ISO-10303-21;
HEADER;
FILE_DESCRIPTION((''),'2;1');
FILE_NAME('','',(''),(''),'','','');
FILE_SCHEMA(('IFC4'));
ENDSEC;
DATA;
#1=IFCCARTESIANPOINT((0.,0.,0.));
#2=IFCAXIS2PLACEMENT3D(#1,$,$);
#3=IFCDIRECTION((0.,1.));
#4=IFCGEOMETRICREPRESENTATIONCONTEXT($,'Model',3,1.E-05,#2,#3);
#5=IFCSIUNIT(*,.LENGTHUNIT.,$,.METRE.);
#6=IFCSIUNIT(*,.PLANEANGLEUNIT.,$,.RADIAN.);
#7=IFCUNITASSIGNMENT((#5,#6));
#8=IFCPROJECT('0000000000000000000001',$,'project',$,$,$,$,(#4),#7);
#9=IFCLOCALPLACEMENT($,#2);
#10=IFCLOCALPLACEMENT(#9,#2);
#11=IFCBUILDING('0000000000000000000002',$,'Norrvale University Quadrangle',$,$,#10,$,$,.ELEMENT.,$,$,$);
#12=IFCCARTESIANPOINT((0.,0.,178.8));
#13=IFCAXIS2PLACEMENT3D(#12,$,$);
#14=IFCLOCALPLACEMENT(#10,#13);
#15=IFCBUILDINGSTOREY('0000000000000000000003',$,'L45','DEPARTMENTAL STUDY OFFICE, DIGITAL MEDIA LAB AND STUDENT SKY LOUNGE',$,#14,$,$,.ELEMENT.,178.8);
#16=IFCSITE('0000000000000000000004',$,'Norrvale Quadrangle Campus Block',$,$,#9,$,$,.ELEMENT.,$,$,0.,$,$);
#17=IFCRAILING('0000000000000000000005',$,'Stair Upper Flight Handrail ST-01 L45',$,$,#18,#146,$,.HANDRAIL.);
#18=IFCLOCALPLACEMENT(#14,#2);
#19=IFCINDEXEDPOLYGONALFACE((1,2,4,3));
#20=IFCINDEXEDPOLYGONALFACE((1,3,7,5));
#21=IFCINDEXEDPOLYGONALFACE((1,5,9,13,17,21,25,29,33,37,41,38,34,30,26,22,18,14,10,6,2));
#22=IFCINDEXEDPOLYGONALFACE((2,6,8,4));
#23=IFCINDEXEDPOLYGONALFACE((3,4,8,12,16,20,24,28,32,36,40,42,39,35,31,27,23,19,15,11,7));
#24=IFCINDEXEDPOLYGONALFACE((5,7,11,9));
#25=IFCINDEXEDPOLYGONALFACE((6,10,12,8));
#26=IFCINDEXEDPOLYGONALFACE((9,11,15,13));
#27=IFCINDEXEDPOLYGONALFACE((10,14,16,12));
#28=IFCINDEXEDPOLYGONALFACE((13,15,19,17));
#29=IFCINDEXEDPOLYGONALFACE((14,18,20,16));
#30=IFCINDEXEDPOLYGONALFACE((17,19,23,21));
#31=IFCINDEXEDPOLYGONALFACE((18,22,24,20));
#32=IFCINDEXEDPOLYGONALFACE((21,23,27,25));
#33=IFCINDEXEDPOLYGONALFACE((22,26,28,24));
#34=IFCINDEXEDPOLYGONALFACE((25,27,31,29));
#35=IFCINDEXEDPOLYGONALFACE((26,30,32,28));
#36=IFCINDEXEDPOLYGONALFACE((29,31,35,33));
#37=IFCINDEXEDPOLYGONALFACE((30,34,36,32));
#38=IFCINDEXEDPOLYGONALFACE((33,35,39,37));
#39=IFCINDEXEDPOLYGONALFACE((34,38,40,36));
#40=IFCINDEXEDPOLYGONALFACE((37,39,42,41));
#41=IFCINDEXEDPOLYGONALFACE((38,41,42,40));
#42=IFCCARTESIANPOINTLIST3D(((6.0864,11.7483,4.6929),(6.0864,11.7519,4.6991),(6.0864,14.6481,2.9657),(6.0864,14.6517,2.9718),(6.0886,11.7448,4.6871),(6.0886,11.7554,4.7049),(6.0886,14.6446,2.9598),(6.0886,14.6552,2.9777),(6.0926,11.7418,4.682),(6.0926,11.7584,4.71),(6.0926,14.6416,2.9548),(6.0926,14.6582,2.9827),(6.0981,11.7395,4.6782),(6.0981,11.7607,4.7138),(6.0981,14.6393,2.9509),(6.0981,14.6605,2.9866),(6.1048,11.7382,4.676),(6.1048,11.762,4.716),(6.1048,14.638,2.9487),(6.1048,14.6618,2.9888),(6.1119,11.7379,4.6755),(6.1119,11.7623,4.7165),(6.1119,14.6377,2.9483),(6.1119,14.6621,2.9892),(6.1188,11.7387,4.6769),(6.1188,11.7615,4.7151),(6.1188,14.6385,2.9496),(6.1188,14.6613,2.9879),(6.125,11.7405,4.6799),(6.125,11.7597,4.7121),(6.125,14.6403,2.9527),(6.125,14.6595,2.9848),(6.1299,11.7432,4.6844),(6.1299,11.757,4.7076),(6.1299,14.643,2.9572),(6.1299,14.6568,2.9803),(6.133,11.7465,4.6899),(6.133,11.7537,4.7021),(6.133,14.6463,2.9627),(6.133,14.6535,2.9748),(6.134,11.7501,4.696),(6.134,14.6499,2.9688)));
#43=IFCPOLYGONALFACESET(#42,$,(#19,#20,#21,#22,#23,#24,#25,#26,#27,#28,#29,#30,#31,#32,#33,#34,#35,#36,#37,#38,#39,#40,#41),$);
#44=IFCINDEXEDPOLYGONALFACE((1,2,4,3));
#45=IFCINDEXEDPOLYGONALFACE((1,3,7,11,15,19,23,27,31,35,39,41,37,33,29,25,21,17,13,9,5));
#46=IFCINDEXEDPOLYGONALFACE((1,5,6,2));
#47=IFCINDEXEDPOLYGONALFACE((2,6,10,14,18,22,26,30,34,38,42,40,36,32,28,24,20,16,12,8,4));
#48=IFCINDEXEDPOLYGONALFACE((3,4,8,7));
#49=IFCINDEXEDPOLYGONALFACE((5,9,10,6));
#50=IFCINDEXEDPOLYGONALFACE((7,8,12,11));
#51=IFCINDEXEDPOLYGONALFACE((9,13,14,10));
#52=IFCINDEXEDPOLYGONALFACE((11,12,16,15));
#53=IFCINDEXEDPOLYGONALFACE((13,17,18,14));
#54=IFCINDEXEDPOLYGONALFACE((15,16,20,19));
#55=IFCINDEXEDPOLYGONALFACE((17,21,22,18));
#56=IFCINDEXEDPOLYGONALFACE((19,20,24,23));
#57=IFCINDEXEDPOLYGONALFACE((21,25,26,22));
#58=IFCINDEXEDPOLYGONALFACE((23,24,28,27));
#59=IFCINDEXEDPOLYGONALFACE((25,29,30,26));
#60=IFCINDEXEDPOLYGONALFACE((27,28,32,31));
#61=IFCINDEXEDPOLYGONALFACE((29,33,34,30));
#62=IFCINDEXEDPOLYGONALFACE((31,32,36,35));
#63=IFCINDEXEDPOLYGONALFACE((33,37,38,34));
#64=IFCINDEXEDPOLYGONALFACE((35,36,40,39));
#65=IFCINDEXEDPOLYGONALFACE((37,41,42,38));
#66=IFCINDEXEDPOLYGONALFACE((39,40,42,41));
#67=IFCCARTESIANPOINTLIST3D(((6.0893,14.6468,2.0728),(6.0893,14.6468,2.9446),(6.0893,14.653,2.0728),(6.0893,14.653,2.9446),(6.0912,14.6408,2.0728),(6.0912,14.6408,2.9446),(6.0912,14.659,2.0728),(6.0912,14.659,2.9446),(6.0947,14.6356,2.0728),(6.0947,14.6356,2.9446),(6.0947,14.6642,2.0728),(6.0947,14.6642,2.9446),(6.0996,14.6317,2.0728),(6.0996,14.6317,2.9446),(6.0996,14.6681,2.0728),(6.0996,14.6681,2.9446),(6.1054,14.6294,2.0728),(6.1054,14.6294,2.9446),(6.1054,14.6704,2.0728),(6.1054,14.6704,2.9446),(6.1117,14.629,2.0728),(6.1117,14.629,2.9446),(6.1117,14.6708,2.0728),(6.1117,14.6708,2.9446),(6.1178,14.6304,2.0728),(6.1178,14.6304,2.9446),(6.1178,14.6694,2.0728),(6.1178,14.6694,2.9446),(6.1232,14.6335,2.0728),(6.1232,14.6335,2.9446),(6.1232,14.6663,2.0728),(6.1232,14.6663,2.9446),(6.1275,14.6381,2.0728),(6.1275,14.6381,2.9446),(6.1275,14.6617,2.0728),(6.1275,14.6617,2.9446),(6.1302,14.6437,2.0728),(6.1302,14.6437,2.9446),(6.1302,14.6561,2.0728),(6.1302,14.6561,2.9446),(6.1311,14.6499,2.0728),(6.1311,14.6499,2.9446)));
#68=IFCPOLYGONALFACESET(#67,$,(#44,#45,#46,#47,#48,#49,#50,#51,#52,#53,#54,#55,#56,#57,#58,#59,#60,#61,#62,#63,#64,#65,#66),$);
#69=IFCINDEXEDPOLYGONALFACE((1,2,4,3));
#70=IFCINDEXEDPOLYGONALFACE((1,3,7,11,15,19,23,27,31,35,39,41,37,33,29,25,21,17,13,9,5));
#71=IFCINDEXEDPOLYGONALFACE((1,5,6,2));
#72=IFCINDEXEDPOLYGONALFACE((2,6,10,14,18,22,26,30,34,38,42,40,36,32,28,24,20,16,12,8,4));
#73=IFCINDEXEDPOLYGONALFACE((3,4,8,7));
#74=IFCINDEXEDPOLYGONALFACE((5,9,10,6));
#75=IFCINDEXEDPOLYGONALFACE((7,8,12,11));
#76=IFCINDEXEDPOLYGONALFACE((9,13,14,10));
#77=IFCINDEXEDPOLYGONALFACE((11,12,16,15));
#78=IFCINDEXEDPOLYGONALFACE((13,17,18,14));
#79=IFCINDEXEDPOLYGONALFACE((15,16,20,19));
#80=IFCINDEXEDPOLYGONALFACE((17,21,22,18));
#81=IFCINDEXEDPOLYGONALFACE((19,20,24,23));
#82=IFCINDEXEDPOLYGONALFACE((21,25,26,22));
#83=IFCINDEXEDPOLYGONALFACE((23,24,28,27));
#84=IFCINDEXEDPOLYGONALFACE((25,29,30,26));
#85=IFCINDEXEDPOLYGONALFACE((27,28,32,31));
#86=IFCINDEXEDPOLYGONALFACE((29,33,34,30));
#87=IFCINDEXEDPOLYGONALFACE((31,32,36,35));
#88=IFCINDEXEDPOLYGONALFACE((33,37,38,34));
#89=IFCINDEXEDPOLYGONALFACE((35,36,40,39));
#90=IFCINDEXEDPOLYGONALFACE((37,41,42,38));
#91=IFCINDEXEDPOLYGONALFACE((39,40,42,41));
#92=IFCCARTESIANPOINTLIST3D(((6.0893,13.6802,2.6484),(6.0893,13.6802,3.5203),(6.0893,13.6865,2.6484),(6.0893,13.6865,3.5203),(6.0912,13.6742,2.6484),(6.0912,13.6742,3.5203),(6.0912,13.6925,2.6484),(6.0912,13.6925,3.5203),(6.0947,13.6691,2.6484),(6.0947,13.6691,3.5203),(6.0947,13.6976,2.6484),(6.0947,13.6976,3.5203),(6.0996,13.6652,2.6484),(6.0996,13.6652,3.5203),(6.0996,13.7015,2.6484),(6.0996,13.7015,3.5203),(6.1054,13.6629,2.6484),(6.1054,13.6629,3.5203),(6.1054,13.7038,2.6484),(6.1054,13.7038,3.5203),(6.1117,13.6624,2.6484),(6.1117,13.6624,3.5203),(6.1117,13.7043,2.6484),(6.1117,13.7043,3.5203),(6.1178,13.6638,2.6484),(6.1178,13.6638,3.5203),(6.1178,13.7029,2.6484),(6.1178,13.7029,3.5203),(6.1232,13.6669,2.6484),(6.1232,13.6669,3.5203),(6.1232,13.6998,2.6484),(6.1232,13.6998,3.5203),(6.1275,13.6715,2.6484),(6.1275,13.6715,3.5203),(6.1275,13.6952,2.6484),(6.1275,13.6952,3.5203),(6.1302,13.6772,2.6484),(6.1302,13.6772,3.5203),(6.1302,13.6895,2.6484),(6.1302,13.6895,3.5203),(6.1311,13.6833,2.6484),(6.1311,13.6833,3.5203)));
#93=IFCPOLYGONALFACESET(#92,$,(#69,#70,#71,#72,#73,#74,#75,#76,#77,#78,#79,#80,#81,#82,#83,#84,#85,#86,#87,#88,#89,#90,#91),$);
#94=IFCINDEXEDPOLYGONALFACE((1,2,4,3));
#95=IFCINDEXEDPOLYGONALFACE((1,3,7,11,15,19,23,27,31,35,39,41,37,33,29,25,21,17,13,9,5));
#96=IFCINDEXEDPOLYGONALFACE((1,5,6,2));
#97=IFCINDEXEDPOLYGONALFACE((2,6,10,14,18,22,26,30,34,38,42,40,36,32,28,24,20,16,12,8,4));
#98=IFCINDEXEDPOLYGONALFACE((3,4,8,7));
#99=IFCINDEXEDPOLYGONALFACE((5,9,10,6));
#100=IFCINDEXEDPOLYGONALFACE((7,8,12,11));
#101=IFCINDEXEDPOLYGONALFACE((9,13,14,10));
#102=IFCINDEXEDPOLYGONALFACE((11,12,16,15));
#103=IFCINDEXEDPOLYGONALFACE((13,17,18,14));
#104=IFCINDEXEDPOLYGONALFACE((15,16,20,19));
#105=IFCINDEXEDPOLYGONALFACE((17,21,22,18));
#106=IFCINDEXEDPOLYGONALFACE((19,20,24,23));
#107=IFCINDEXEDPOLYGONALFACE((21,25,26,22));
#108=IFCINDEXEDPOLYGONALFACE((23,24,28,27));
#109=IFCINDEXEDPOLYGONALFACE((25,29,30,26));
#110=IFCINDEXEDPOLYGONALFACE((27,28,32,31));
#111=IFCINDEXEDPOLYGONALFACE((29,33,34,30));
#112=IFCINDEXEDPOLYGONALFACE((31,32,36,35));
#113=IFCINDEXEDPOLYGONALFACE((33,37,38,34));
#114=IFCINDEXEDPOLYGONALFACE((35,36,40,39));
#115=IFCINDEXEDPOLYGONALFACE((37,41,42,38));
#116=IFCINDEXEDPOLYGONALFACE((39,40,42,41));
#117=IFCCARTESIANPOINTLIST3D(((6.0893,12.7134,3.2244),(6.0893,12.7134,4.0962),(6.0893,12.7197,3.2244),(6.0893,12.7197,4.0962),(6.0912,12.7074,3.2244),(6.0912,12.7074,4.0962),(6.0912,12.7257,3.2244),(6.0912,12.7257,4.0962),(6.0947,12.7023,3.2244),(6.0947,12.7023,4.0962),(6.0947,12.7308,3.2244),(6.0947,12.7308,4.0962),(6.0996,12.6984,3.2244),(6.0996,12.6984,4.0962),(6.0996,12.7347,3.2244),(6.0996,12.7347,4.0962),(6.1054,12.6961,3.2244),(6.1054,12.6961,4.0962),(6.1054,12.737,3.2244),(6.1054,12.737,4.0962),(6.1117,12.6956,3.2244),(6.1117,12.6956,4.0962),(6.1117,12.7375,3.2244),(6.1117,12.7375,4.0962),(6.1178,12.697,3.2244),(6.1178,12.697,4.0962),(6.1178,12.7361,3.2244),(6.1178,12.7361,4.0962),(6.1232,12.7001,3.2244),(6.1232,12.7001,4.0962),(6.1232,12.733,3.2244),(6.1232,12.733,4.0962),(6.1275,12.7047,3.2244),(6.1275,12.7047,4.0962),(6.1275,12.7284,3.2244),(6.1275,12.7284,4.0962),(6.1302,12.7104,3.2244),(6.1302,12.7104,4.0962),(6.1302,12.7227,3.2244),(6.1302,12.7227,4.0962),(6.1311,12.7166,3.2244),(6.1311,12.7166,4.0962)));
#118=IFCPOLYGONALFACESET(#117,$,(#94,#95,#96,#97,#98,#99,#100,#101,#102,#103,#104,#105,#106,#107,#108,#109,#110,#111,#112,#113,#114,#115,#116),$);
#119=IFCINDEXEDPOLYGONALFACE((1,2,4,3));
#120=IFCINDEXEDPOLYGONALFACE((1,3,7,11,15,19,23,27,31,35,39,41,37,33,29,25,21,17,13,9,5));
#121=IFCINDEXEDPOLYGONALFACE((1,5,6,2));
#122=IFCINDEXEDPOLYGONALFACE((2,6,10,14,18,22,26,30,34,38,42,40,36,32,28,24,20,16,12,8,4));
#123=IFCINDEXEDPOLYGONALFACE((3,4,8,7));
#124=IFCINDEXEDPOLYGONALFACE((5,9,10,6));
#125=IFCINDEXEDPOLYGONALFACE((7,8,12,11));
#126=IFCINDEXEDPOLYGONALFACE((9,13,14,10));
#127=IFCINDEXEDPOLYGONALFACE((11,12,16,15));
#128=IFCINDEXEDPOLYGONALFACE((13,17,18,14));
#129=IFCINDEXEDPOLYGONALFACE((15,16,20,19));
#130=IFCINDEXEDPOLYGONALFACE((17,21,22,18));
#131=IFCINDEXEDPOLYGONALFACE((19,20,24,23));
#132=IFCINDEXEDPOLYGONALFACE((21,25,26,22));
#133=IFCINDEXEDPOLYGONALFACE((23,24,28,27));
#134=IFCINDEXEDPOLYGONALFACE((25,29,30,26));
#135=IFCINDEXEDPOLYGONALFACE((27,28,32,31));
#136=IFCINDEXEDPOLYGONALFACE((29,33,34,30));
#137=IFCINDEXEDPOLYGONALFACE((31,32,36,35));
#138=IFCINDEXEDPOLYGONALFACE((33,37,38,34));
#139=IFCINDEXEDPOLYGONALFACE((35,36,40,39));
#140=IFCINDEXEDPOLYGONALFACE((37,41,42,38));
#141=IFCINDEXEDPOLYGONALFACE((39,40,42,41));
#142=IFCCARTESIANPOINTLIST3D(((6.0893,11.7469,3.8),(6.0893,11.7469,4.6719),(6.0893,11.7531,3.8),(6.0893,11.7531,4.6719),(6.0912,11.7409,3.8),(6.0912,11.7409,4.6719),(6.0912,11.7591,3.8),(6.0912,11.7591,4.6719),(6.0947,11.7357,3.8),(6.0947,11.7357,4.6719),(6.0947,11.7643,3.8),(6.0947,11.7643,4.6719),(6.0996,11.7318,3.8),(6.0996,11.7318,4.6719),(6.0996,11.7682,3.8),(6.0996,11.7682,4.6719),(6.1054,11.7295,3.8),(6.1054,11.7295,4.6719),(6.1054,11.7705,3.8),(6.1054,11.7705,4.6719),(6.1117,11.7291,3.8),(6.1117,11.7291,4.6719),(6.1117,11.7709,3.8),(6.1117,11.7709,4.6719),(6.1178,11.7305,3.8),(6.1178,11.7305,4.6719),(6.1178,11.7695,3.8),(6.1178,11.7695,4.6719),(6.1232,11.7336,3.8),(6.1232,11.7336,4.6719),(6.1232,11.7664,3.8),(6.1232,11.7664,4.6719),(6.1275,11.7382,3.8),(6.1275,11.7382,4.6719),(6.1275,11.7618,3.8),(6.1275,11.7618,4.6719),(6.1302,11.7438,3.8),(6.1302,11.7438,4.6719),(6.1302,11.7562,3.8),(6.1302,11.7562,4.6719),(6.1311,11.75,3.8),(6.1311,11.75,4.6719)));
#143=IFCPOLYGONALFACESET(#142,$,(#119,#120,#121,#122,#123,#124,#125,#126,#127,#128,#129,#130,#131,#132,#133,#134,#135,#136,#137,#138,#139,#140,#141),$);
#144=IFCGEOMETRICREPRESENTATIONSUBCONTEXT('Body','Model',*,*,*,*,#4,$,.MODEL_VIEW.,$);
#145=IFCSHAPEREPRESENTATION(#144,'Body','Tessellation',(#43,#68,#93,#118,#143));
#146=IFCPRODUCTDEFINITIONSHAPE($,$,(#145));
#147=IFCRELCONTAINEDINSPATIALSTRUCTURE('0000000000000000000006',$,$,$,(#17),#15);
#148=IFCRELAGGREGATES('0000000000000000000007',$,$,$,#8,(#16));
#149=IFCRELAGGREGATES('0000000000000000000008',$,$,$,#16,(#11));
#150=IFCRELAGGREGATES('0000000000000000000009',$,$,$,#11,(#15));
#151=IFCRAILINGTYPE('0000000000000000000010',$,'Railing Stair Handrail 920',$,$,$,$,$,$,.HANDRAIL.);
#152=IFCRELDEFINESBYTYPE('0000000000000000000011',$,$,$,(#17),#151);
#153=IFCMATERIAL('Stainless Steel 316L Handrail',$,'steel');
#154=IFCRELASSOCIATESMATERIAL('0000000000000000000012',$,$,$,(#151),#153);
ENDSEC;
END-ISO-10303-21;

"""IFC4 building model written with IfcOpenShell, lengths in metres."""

from ifc_helpers import new_model, si_unit, direction, frame, origin, origin_2d, place, context, subcontext, project, spatial, circle, extrude, material, type_object, element, save


model = new_model("IFC4")

# Units and contexts
model_context = context("Model", 3, precision=1e-05, world=origin(), true_north=direction((0.0, 1.0)))
body_context = subcontext(model_context, "Body", "Model", "MODEL_VIEW")
ifc_project = project(units=[si_unit("LENGTHUNIT", "METRE"), si_unit("PLANEANGLEUNIT", "RADIAN")], contexts=[model_context])

# Site, building, storey
site_placement = place(None, origin())
site = spatial("IfcSite", under=ifc_project, at=site_placement, Name="Norrvale Quadrangle Campus Block", CompositionType="ELEMENT", RefElevation=0.0)
building_placement = place(site_placement, origin())
building = spatial("IfcBuilding", under=site, at=building_placement, Name="Norrvale University Quadrangle", CompositionType="ELEMENT")
storey_placement = place(building_placement, frame((0.0, 0.0, 178.8)))
storey = spatial("IfcBuildingStorey", under=building, at=storey_placement, Name="L45", Description="DEPARTMENTAL STUDY OFFICE, DIGITAL MEDIA LAB AND STUDENT SKY LOUNGE", CompositionType="ELEMENT", Elevation=178.8)

# Railing
ifc_material_1 = material(Name="Stainless Steel 316L Handrail", Category="steel")
railing_type_1 = type_object("IfcRailingType", Name="Railing Stair Handrail 920", PredefinedType="HANDRAIL", material=ifc_material_1)
railing_1_placement = place(storey_placement, frame((6.1101, 14.6499, 2.0728)))
element("IfcRailing", 1, at=railing_1_placement, inside=storey, type_object=railing_type_1, Name="Stair Upper Flight Handrail ST-01 L45", PredefinedType="HANDRAIL", context=body_context, shape_type="SweptSolid", body=[
    extrude(circle(Radius=0.0239, at=origin_2d()), frame((0.0, 0.0, 0.896), z_axis=(0.0, -0.859141, 0.511738), x_axis=(1.0, 0.0, 0.0)), (0.0, 0.0, 1.0), 3.3752),
    extrude(circle(Radius=0.021, at=origin_2d()), origin(), (0.0, 0.0, 1.0), 0.8718),
    extrude(circle(Radius=0.021, at=origin_2d()), frame((0.0, -0.9666, 0.5757)), (0.0, 0.0, 1.0), 0.8718),
    extrude(circle(Radius=0.021, at=origin_2d()), frame((0.0, -1.9333, 1.1516)), (0.0, 0.0, 1.0), 0.8718),
    extrude(circle(Radius=0.021, at=origin_2d()), frame((0.0, -2.8999, 1.7273)), (0.0, 0.0, 1.0), 0.8718),
])

save(model, "model.ifc")
